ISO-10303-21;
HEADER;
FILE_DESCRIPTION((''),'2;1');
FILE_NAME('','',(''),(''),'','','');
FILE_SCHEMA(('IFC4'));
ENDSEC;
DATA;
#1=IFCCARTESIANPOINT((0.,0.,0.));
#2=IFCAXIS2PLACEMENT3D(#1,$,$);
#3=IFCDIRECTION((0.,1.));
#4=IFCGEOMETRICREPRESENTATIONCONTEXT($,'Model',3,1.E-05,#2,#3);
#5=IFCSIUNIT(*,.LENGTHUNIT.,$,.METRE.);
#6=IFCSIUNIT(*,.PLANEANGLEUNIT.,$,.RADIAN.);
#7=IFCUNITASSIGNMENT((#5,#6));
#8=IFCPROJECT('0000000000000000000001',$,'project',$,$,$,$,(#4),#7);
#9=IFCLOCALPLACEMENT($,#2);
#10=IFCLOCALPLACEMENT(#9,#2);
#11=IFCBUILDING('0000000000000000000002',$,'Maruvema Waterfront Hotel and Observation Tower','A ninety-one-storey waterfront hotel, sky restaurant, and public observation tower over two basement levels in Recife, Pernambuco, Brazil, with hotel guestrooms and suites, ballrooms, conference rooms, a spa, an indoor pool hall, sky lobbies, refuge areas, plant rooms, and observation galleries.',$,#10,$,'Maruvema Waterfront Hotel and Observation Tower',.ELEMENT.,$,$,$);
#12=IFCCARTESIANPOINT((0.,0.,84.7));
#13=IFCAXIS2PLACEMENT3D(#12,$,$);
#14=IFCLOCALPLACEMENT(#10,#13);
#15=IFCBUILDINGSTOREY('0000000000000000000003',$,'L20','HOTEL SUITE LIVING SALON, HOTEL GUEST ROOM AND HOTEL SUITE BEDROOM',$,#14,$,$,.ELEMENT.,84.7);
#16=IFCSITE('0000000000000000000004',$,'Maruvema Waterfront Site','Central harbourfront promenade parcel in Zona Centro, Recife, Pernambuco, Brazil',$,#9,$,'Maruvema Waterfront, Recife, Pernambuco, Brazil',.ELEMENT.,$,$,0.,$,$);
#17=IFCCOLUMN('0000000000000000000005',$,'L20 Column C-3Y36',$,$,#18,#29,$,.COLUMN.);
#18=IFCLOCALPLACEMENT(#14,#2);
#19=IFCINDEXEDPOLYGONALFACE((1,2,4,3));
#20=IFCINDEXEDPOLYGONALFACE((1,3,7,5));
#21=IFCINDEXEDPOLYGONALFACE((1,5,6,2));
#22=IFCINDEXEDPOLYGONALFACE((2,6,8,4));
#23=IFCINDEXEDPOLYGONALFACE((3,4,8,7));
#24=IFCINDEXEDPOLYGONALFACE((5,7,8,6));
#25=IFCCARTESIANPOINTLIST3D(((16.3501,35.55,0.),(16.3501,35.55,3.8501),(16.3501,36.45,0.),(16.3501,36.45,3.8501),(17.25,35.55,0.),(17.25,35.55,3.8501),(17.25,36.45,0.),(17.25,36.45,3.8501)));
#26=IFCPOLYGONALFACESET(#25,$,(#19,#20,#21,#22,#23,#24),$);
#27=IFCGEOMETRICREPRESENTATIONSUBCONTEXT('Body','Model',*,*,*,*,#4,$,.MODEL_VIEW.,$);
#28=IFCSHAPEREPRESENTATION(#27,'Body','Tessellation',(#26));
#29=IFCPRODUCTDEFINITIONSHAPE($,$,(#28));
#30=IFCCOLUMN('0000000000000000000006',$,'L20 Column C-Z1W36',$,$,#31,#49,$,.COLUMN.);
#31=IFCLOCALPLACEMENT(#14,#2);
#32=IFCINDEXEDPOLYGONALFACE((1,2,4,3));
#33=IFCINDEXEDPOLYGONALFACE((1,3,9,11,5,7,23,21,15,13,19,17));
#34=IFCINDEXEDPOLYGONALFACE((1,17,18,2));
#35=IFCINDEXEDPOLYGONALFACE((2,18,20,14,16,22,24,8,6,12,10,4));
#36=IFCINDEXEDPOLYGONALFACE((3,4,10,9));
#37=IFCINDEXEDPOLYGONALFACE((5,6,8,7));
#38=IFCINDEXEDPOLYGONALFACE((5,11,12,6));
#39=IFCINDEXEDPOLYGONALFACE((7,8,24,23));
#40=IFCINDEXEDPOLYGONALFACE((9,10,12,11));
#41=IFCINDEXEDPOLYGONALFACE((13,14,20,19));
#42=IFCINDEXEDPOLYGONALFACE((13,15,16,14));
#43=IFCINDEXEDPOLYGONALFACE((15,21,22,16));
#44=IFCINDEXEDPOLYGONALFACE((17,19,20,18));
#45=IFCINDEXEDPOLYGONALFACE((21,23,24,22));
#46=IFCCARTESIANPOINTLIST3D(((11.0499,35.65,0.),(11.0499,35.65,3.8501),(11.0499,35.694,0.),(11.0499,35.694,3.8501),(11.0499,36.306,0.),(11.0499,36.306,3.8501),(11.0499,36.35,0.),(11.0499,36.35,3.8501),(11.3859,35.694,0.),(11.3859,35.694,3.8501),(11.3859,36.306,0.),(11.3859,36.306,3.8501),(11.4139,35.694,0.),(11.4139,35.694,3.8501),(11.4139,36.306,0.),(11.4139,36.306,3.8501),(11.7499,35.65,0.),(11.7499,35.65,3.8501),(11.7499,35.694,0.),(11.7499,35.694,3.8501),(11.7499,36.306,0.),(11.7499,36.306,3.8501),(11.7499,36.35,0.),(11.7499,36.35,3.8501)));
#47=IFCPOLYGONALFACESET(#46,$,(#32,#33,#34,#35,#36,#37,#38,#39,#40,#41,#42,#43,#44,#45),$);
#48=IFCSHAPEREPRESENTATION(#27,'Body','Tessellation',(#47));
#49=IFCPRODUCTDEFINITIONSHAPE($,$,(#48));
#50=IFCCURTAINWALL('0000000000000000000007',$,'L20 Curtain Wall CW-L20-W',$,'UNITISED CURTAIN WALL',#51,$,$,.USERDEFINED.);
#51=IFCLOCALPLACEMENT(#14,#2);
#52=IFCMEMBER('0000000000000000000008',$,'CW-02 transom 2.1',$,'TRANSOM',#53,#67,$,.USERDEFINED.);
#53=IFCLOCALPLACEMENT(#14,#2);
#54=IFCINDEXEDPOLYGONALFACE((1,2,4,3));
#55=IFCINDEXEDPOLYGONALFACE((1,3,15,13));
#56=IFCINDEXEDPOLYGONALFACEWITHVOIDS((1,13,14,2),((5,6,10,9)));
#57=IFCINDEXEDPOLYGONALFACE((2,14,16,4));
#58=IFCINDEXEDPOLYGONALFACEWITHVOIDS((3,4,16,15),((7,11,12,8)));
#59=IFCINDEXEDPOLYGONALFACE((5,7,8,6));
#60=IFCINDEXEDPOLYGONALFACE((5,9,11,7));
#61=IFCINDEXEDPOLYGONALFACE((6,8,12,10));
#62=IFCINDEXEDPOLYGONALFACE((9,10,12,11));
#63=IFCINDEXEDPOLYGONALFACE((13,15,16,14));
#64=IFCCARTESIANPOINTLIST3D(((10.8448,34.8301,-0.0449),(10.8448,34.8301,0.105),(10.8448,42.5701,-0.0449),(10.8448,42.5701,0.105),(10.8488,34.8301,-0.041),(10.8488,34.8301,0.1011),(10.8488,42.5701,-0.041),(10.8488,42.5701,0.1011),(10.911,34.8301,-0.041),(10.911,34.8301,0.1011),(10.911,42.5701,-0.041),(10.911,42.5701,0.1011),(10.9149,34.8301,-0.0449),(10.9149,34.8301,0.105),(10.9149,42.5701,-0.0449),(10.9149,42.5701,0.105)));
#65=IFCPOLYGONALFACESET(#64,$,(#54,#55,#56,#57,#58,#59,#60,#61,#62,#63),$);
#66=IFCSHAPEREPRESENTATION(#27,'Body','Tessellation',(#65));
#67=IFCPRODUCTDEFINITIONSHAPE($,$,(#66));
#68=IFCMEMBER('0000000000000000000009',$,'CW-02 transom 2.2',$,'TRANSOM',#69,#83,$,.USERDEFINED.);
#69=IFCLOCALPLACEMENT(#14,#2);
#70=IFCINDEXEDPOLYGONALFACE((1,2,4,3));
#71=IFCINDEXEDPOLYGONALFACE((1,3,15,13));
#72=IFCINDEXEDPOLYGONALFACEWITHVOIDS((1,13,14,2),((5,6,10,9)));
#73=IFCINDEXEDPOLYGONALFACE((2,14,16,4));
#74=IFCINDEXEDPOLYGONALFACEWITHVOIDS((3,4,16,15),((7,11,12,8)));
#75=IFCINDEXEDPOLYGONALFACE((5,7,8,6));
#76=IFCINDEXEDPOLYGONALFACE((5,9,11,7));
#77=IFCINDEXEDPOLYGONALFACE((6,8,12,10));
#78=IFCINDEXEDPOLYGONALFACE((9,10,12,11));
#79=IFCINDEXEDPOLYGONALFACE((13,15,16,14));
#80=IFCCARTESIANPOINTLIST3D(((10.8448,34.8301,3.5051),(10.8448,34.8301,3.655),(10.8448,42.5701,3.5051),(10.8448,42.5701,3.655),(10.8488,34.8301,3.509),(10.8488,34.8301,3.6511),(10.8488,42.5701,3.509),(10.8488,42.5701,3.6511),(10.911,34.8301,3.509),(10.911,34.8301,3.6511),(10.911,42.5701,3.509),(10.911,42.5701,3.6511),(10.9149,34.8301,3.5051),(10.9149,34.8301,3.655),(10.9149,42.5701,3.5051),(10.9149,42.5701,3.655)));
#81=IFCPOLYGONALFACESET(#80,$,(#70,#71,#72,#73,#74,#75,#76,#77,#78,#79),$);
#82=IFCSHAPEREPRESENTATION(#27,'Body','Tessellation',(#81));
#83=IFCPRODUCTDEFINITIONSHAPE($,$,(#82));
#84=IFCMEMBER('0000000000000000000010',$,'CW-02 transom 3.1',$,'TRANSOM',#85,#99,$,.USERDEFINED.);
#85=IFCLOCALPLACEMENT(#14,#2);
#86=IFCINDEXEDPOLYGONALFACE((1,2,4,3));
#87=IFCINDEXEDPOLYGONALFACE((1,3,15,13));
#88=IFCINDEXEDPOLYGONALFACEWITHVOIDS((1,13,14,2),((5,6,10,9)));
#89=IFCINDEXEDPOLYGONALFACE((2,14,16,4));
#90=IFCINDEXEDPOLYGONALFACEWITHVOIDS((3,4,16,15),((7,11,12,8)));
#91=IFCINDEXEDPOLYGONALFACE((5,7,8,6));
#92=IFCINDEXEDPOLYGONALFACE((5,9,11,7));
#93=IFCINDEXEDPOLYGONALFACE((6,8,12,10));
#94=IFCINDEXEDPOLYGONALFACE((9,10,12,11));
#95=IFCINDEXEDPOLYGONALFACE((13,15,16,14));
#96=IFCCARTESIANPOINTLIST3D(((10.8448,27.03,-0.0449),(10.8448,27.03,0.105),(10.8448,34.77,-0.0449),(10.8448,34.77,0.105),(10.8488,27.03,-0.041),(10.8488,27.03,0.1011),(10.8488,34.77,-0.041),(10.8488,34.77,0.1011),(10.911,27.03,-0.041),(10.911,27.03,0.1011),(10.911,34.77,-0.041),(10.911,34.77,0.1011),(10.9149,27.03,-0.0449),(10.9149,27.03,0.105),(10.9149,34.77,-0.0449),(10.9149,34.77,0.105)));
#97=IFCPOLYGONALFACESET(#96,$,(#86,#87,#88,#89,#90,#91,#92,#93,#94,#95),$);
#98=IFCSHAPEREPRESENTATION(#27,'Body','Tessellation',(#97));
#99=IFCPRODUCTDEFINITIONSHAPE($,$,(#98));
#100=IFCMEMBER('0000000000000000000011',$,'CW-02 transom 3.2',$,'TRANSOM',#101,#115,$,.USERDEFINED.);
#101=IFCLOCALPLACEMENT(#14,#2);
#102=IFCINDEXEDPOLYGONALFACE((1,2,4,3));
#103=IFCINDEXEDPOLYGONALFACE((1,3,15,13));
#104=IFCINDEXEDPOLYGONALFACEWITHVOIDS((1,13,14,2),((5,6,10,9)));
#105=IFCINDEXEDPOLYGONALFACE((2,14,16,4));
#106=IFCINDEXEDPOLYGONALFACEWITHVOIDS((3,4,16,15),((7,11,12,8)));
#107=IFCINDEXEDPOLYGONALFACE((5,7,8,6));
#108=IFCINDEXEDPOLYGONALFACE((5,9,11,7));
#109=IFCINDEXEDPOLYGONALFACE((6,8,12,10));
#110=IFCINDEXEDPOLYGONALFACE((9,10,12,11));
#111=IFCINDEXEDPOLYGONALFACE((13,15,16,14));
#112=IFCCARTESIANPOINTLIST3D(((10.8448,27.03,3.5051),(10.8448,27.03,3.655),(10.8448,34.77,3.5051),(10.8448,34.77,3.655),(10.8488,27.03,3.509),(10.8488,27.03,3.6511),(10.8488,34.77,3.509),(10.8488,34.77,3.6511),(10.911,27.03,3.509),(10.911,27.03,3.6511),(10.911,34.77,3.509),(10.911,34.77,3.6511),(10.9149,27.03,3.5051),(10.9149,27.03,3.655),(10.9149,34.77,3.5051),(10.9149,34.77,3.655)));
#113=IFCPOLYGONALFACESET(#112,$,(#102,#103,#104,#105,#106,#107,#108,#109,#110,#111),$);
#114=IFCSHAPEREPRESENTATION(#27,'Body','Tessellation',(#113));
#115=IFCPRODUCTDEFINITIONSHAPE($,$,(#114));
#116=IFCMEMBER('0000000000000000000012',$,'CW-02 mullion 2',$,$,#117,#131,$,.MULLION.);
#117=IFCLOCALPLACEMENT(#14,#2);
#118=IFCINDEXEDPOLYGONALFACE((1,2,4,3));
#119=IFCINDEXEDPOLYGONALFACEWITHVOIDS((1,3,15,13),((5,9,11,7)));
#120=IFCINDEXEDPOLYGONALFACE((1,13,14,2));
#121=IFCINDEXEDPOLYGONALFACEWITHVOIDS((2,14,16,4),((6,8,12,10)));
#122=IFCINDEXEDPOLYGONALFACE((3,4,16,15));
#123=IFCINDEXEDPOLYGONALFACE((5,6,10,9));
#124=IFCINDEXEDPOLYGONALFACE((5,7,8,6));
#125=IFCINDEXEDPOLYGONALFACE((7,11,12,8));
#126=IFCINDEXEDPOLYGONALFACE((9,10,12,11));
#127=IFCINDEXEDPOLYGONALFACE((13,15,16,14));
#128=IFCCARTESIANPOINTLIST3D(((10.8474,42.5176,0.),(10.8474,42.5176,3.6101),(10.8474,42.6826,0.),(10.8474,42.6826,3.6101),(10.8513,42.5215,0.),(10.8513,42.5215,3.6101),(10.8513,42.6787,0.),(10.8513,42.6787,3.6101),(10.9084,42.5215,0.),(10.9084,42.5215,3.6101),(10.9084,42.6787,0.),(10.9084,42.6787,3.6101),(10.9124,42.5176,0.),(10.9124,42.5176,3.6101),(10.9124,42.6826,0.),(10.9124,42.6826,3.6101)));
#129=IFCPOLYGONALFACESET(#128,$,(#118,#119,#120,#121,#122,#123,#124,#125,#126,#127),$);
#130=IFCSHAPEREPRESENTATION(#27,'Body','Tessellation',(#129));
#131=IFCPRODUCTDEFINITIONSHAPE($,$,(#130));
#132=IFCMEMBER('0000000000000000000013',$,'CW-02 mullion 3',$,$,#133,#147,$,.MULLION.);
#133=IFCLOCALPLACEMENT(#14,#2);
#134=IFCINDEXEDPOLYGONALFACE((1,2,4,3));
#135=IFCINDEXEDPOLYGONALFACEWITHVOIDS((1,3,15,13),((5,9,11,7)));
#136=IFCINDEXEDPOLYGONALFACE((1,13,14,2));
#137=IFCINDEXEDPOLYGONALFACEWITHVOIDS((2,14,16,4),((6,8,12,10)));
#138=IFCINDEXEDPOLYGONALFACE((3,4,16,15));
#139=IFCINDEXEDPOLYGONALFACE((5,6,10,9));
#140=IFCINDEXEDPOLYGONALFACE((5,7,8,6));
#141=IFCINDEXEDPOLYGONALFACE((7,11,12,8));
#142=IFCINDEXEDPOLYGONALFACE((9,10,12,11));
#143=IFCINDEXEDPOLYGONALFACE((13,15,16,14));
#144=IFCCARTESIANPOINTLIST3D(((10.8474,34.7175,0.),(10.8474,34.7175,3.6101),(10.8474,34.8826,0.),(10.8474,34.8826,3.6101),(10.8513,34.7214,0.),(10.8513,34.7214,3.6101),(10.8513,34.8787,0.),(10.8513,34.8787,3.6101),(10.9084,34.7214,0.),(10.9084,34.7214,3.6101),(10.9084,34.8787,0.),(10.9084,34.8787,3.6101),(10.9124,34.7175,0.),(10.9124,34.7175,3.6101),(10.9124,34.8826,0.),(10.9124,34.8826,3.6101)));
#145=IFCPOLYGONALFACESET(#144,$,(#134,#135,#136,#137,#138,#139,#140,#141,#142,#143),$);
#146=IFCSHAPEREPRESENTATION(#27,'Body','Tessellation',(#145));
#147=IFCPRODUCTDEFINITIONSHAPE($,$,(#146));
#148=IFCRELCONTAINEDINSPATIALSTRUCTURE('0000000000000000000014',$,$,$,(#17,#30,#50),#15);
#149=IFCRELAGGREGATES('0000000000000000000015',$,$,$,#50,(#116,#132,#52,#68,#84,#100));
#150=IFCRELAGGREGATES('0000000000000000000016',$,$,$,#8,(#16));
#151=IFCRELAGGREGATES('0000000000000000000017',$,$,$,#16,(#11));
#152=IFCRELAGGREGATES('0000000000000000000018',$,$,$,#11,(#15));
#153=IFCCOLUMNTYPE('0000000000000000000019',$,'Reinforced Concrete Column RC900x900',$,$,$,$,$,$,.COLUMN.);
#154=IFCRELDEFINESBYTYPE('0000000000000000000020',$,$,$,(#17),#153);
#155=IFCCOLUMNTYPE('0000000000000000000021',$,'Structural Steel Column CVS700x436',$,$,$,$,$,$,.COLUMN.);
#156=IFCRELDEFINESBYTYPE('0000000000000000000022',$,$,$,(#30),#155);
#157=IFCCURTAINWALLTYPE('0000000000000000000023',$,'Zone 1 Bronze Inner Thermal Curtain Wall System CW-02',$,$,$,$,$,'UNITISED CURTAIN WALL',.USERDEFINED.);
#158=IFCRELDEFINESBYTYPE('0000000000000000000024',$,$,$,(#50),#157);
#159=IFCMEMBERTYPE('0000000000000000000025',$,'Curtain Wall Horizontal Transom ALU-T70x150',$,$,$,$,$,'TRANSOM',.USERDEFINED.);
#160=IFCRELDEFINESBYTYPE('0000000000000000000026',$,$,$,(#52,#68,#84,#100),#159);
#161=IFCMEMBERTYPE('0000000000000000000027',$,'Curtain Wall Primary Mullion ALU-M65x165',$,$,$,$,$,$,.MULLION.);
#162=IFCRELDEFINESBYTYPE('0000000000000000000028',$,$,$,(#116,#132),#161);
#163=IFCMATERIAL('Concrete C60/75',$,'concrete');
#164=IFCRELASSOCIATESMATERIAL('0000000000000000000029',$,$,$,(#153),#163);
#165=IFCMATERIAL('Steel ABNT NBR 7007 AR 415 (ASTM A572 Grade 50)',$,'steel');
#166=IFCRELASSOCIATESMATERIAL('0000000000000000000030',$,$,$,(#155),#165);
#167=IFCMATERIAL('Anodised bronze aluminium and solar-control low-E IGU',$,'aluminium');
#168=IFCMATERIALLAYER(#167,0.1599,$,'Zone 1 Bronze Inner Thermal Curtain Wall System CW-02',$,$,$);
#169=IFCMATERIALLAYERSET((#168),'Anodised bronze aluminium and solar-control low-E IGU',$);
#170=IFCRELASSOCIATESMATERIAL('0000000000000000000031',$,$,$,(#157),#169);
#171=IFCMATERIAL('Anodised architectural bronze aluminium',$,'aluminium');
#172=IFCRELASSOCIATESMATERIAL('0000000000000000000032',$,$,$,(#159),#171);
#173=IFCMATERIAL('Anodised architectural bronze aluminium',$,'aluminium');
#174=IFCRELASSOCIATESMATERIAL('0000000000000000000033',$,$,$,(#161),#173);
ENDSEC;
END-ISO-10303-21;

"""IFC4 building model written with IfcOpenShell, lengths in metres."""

from ifc_helpers import new_model, si_unit, direction, frame, origin, origin_2d, place, context, subcontext, project, spatial, rectangle, hollow_rectangle, i_section, extrude, material, layer, layer_set, material_profile, profile_set, type_object, element, aggregate, save


model = new_model("IFC4")

# Units and contexts
model_context = context("Model", 3, precision=1e-05, world=origin(), true_north=direction((0.0, 1.0)))
body_context = subcontext(model_context, "Body", "Model", "MODEL_VIEW")
ifc_project = project(units=[si_unit("LENGTHUNIT", "METRE"), si_unit("PLANEANGLEUNIT", "RADIAN")], contexts=[model_context])

# Site, building, storey
site_placement = place(None, origin())
site = spatial("IfcSite", under=ifc_project, at=site_placement, Name="Maruvema Waterfront Site", Description="Central harbourfront promenade parcel in Zona Centro, Recife, Pernambuco, Brazil", LongName="Maruvema Waterfront, Recife, Pernambuco, Brazil", CompositionType="ELEMENT", RefElevation=0.0)
building_placement = place(site_placement, origin())
building = spatial("IfcBuilding", under=site, at=building_placement, Name="Maruvema Waterfront Hotel and Observation Tower", Description="A ninety-one-storey waterfront hotel, sky restaurant, and public observation tower over two basement levels in Recife, Pernambuco, Brazil, with hotel guestrooms and suites, ballrooms, conference rooms, a spa, an indoor pool hall, sky lobbies, refuge areas, plant rooms, and observation galleries.", LongName="Maruvema Waterfront Hotel and Observation Tower", CompositionType="ELEMENT")
storey_placement = place(building_placement, frame((0.0, 0.0, 84.7)))
storey = spatial("IfcBuildingStorey", under=building, at=storey_placement, Name="L20", Description="HOTEL SUITE LIVING SALON, HOTEL GUEST ROOM AND HOTEL SUITE BEDROOM", CompositionType="ELEMENT", Elevation=84.7)

# Columns
ifc_material_1 = material(Name="Concrete C60/75", Category="concrete")
ifc_material_profile_1 = material_profile(ifc_material_1, rectangle(XDim=0.8999, YDim=0.8999, at=origin_2d()), Name="RC900x900")
ifc_profile_set_1 = profile_set([ifc_material_profile_1], Name="Concrete C60/75")
column_type_1 = type_object("IfcColumnType", Name="Reinforced Concrete Column RC900x900", PredefinedType="COLUMN", material=ifc_profile_set_1)
column_1_placement = place(storey_placement, frame((16.8, 36.0, 0.0), z_axis=(0.0, 0.0, 1.0), x_axis=(1.0, 0.0, 0.0)))
element("IfcColumn", 1, at=column_1_placement, inside=storey, type_object=column_type_1, Name="L20 Column C-3Y36", PredefinedType="COLUMN", context=body_context, shape_type="SweptSolid", body=[
    extrude(rectangle(XDim=0.8999, YDim=0.8999, at=origin_2d()), origin(), (0.0, 0.0, 1.0), 3.8501),
])
ifc_material_2 = material(Name="Steel ABNT NBR 7007 AR 415 (ASTM A572 Grade 50)", Category="steel")
ifc_material_profile_2 = material_profile(ifc_material_2, i_section(OverallWidth=0.7, OverallDepth=0.7, WebThickness=0.0281, FlangeThickness=0.0439, at=origin_2d()), Name="CVS700x436")
ifc_profile_set_2 = profile_set([ifc_material_profile_2], Name="Steel ABNT NBR 7007 AR 415 (ASTM A572 Grade 50)")
column_type_2 = type_object("IfcColumnType", Name="Structural Steel Column CVS700x436", PredefinedType="COLUMN", material=ifc_profile_set_2)
column_2_placement = place(storey_placement, frame((11.3999, 36.0, 0.0), z_axis=(0.0, 0.0, 1.0), x_axis=(1.0, 0.0, 0.0)))
element("IfcColumn", 2, at=column_2_placement, inside=storey, type_object=column_type_2, Name="L20 Column C-Z1W36", PredefinedType="COLUMN", context=body_context, shape_type="SweptSolid", body=[
    extrude(i_section(OverallWidth=0.7, OverallDepth=0.7, WebThickness=0.0281, FlangeThickness=0.0439, at=origin_2d()), origin(), (0.0, 0.0, 1.0), 3.8501),
])

# Curtain wall, members
ifc_material_3 = material(Name="Anodised bronze aluminium and solar-control low-E IGU", Category="aluminium")
ifc_layer_1 = layer(ifc_material_3, 0.1599, Name="Zone 1 Bronze Inner Thermal Curtain Wall System CW-02")
ifc_layer_set_1 = layer_set([ifc_layer_1], Name="Anodised bronze aluminium and solar-control low-E IGU")
curtain_wall_type = type_object("IfcCurtainWallType", Name="Zone 1 Bronze Inner Thermal Curtain Wall System CW-02", ElementType="UNITISED CURTAIN WALL", PredefinedType="USERDEFINED", material=ifc_layer_set_1)
curtain_wall_placement = place(storey_placement, origin())
curtain_wall = element("IfcCurtainWall", 3, at=curtain_wall_placement, inside=storey, type_object=curtain_wall_type, Name="L20 Curtain Wall CW-L20-W", ObjectType="UNITISED CURTAIN WALL", PredefinedType="USERDEFINED")
ifc_material_4 = material(Name="Anodised architectural bronze aluminium", Category="aluminium")
ifc_material_profile_3 = material_profile(ifc_material_4, hollow_rectangle(XDim=0.0701, YDim=0.1499, WallThickness=0.0039, at=origin_2d()), Name="ALU-T70x150")
ifc_profile_set_3 = profile_set([ifc_material_profile_3], Name="Anodised architectural bronze aluminium")
member_type_1 = type_object("IfcMemberType", Name="Curtain Wall Horizontal Transom ALU-T70x150", ElementType="TRANSOM", PredefinedType="USERDEFINED", material=ifc_profile_set_3)
member_1_placement = place(storey_placement, frame((10.8799, 42.5701, 0.03), z_axis=(0.0, -1.0, 0.0), x_axis=(1.0, 0.0, 0.0)))
member_1 = element("IfcMember", 4, at=member_1_placement, type_object=member_type_1, Name="CW-02 transom 2.1", ObjectType="TRANSOM", PredefinedType="USERDEFINED", context=body_context, shape_type="SweptSolid", body=[
    extrude(hollow_rectangle(XDim=0.0701, YDim=0.1499, WallThickness=0.0039, at=origin_2d()), origin(), (0.0, 0.0, 1.0), 7.74),
])
member_2_placement = place(storey_placement, frame((10.8799, 42.5701, 3.5801), z_axis=(0.0, -1.0, 0.0), x_axis=(1.0, 0.0, 0.0)))
member_2 = element("IfcMember", 5, at=member_2_placement, type_object=member_type_1, Name="CW-02 transom 2.2", ObjectType="TRANSOM", PredefinedType="USERDEFINED", context=body_context, shape_type="SweptSolid", body=[
    extrude(hollow_rectangle(XDim=0.0701, YDim=0.1499, WallThickness=0.0039, at=origin_2d()), origin(), (0.0, 0.0, 1.0), 7.74),
])
member_3_placement = place(storey_placement, frame((10.8799, 34.77, 0.03), z_axis=(0.0, -1.0, 0.0), x_axis=(1.0, 0.0, 0.0)))
member_3 = element("IfcMember", 6, at=member_3_placement, type_object=member_type_1, Name="CW-02 transom 3.1", ObjectType="TRANSOM", PredefinedType="USERDEFINED", context=body_context, shape_type="SweptSolid", body=[
    extrude(hollow_rectangle(XDim=0.0701, YDim=0.1499, WallThickness=0.0039, at=origin_2d()), origin(), (0.0, 0.0, 1.0), 7.74),
])
member_4_placement = place(storey_placement, frame((10.8799, 34.77, 3.5801), z_axis=(0.0, -1.0, 0.0), x_axis=(1.0, 0.0, 0.0)))
member_4 = element("IfcMember", 7, at=member_4_placement, type_object=member_type_1, Name="CW-02 transom 3.2", ObjectType="TRANSOM", PredefinedType="USERDEFINED", context=body_context, shape_type="SweptSolid", body=[
    extrude(hollow_rectangle(XDim=0.0701, YDim=0.1499, WallThickness=0.0039, at=origin_2d()), origin(), (0.0, 0.0, 1.0), 7.74),
])
ifc_material_5 = material(Name="Anodised architectural bronze aluminium", Category="aluminium")
ifc_material_profile_4 = material_profile(ifc_material_5, hollow_rectangle(XDim=0.0649, YDim=0.165, WallThickness=0.0039, at=origin_2d()), Name="ALU-M65x165")
ifc_profile_set_4 = profile_set([ifc_material_profile_4], Name="Anodised architectural bronze aluminium")
member_type_2 = type_object("IfcMemberType", Name="Curtain Wall Primary Mullion ALU-M65x165", PredefinedType="MULLION", material=ifc_profile_set_4)
member_5_placement = place(storey_placement, frame((10.8799, 42.6001, 0.0), z_axis=(0.0, 0.0, 1.0), x_axis=(1.0, 0.0, 0.0)))
member_5 = element("IfcMember", 8, at=member_5_placement, type_object=member_type_2, Name="CW-02 mullion 2", PredefinedType="MULLION", context=body_context, shape_type="SweptSolid", body=[
    extrude(hollow_rectangle(XDim=0.0649, YDim=0.165, WallThickness=0.0039, at=origin_2d()), origin(), (0.0, 0.0, 1.0), 3.6101),
])
member_6_placement = place(storey_placement, frame((10.8799, 34.8, 0.0), z_axis=(0.0, 0.0, 1.0), x_axis=(1.0, 0.0, 0.0)))
member_6 = element("IfcMember", 9, at=member_6_placement, type_object=member_type_2, Name="CW-02 mullion 3", PredefinedType="MULLION", context=body_context, shape_type="SweptSolid", body=[
    extrude(hollow_rectangle(XDim=0.0649, YDim=0.165, WallThickness=0.0039, at=origin_2d()), origin(), (0.0, 0.0, 1.0), 3.6101),
])

aggregate(curtain_wall, [member_5, member_6, member_1, member_2, member_3, member_4])

save(model, "model.ifc")
